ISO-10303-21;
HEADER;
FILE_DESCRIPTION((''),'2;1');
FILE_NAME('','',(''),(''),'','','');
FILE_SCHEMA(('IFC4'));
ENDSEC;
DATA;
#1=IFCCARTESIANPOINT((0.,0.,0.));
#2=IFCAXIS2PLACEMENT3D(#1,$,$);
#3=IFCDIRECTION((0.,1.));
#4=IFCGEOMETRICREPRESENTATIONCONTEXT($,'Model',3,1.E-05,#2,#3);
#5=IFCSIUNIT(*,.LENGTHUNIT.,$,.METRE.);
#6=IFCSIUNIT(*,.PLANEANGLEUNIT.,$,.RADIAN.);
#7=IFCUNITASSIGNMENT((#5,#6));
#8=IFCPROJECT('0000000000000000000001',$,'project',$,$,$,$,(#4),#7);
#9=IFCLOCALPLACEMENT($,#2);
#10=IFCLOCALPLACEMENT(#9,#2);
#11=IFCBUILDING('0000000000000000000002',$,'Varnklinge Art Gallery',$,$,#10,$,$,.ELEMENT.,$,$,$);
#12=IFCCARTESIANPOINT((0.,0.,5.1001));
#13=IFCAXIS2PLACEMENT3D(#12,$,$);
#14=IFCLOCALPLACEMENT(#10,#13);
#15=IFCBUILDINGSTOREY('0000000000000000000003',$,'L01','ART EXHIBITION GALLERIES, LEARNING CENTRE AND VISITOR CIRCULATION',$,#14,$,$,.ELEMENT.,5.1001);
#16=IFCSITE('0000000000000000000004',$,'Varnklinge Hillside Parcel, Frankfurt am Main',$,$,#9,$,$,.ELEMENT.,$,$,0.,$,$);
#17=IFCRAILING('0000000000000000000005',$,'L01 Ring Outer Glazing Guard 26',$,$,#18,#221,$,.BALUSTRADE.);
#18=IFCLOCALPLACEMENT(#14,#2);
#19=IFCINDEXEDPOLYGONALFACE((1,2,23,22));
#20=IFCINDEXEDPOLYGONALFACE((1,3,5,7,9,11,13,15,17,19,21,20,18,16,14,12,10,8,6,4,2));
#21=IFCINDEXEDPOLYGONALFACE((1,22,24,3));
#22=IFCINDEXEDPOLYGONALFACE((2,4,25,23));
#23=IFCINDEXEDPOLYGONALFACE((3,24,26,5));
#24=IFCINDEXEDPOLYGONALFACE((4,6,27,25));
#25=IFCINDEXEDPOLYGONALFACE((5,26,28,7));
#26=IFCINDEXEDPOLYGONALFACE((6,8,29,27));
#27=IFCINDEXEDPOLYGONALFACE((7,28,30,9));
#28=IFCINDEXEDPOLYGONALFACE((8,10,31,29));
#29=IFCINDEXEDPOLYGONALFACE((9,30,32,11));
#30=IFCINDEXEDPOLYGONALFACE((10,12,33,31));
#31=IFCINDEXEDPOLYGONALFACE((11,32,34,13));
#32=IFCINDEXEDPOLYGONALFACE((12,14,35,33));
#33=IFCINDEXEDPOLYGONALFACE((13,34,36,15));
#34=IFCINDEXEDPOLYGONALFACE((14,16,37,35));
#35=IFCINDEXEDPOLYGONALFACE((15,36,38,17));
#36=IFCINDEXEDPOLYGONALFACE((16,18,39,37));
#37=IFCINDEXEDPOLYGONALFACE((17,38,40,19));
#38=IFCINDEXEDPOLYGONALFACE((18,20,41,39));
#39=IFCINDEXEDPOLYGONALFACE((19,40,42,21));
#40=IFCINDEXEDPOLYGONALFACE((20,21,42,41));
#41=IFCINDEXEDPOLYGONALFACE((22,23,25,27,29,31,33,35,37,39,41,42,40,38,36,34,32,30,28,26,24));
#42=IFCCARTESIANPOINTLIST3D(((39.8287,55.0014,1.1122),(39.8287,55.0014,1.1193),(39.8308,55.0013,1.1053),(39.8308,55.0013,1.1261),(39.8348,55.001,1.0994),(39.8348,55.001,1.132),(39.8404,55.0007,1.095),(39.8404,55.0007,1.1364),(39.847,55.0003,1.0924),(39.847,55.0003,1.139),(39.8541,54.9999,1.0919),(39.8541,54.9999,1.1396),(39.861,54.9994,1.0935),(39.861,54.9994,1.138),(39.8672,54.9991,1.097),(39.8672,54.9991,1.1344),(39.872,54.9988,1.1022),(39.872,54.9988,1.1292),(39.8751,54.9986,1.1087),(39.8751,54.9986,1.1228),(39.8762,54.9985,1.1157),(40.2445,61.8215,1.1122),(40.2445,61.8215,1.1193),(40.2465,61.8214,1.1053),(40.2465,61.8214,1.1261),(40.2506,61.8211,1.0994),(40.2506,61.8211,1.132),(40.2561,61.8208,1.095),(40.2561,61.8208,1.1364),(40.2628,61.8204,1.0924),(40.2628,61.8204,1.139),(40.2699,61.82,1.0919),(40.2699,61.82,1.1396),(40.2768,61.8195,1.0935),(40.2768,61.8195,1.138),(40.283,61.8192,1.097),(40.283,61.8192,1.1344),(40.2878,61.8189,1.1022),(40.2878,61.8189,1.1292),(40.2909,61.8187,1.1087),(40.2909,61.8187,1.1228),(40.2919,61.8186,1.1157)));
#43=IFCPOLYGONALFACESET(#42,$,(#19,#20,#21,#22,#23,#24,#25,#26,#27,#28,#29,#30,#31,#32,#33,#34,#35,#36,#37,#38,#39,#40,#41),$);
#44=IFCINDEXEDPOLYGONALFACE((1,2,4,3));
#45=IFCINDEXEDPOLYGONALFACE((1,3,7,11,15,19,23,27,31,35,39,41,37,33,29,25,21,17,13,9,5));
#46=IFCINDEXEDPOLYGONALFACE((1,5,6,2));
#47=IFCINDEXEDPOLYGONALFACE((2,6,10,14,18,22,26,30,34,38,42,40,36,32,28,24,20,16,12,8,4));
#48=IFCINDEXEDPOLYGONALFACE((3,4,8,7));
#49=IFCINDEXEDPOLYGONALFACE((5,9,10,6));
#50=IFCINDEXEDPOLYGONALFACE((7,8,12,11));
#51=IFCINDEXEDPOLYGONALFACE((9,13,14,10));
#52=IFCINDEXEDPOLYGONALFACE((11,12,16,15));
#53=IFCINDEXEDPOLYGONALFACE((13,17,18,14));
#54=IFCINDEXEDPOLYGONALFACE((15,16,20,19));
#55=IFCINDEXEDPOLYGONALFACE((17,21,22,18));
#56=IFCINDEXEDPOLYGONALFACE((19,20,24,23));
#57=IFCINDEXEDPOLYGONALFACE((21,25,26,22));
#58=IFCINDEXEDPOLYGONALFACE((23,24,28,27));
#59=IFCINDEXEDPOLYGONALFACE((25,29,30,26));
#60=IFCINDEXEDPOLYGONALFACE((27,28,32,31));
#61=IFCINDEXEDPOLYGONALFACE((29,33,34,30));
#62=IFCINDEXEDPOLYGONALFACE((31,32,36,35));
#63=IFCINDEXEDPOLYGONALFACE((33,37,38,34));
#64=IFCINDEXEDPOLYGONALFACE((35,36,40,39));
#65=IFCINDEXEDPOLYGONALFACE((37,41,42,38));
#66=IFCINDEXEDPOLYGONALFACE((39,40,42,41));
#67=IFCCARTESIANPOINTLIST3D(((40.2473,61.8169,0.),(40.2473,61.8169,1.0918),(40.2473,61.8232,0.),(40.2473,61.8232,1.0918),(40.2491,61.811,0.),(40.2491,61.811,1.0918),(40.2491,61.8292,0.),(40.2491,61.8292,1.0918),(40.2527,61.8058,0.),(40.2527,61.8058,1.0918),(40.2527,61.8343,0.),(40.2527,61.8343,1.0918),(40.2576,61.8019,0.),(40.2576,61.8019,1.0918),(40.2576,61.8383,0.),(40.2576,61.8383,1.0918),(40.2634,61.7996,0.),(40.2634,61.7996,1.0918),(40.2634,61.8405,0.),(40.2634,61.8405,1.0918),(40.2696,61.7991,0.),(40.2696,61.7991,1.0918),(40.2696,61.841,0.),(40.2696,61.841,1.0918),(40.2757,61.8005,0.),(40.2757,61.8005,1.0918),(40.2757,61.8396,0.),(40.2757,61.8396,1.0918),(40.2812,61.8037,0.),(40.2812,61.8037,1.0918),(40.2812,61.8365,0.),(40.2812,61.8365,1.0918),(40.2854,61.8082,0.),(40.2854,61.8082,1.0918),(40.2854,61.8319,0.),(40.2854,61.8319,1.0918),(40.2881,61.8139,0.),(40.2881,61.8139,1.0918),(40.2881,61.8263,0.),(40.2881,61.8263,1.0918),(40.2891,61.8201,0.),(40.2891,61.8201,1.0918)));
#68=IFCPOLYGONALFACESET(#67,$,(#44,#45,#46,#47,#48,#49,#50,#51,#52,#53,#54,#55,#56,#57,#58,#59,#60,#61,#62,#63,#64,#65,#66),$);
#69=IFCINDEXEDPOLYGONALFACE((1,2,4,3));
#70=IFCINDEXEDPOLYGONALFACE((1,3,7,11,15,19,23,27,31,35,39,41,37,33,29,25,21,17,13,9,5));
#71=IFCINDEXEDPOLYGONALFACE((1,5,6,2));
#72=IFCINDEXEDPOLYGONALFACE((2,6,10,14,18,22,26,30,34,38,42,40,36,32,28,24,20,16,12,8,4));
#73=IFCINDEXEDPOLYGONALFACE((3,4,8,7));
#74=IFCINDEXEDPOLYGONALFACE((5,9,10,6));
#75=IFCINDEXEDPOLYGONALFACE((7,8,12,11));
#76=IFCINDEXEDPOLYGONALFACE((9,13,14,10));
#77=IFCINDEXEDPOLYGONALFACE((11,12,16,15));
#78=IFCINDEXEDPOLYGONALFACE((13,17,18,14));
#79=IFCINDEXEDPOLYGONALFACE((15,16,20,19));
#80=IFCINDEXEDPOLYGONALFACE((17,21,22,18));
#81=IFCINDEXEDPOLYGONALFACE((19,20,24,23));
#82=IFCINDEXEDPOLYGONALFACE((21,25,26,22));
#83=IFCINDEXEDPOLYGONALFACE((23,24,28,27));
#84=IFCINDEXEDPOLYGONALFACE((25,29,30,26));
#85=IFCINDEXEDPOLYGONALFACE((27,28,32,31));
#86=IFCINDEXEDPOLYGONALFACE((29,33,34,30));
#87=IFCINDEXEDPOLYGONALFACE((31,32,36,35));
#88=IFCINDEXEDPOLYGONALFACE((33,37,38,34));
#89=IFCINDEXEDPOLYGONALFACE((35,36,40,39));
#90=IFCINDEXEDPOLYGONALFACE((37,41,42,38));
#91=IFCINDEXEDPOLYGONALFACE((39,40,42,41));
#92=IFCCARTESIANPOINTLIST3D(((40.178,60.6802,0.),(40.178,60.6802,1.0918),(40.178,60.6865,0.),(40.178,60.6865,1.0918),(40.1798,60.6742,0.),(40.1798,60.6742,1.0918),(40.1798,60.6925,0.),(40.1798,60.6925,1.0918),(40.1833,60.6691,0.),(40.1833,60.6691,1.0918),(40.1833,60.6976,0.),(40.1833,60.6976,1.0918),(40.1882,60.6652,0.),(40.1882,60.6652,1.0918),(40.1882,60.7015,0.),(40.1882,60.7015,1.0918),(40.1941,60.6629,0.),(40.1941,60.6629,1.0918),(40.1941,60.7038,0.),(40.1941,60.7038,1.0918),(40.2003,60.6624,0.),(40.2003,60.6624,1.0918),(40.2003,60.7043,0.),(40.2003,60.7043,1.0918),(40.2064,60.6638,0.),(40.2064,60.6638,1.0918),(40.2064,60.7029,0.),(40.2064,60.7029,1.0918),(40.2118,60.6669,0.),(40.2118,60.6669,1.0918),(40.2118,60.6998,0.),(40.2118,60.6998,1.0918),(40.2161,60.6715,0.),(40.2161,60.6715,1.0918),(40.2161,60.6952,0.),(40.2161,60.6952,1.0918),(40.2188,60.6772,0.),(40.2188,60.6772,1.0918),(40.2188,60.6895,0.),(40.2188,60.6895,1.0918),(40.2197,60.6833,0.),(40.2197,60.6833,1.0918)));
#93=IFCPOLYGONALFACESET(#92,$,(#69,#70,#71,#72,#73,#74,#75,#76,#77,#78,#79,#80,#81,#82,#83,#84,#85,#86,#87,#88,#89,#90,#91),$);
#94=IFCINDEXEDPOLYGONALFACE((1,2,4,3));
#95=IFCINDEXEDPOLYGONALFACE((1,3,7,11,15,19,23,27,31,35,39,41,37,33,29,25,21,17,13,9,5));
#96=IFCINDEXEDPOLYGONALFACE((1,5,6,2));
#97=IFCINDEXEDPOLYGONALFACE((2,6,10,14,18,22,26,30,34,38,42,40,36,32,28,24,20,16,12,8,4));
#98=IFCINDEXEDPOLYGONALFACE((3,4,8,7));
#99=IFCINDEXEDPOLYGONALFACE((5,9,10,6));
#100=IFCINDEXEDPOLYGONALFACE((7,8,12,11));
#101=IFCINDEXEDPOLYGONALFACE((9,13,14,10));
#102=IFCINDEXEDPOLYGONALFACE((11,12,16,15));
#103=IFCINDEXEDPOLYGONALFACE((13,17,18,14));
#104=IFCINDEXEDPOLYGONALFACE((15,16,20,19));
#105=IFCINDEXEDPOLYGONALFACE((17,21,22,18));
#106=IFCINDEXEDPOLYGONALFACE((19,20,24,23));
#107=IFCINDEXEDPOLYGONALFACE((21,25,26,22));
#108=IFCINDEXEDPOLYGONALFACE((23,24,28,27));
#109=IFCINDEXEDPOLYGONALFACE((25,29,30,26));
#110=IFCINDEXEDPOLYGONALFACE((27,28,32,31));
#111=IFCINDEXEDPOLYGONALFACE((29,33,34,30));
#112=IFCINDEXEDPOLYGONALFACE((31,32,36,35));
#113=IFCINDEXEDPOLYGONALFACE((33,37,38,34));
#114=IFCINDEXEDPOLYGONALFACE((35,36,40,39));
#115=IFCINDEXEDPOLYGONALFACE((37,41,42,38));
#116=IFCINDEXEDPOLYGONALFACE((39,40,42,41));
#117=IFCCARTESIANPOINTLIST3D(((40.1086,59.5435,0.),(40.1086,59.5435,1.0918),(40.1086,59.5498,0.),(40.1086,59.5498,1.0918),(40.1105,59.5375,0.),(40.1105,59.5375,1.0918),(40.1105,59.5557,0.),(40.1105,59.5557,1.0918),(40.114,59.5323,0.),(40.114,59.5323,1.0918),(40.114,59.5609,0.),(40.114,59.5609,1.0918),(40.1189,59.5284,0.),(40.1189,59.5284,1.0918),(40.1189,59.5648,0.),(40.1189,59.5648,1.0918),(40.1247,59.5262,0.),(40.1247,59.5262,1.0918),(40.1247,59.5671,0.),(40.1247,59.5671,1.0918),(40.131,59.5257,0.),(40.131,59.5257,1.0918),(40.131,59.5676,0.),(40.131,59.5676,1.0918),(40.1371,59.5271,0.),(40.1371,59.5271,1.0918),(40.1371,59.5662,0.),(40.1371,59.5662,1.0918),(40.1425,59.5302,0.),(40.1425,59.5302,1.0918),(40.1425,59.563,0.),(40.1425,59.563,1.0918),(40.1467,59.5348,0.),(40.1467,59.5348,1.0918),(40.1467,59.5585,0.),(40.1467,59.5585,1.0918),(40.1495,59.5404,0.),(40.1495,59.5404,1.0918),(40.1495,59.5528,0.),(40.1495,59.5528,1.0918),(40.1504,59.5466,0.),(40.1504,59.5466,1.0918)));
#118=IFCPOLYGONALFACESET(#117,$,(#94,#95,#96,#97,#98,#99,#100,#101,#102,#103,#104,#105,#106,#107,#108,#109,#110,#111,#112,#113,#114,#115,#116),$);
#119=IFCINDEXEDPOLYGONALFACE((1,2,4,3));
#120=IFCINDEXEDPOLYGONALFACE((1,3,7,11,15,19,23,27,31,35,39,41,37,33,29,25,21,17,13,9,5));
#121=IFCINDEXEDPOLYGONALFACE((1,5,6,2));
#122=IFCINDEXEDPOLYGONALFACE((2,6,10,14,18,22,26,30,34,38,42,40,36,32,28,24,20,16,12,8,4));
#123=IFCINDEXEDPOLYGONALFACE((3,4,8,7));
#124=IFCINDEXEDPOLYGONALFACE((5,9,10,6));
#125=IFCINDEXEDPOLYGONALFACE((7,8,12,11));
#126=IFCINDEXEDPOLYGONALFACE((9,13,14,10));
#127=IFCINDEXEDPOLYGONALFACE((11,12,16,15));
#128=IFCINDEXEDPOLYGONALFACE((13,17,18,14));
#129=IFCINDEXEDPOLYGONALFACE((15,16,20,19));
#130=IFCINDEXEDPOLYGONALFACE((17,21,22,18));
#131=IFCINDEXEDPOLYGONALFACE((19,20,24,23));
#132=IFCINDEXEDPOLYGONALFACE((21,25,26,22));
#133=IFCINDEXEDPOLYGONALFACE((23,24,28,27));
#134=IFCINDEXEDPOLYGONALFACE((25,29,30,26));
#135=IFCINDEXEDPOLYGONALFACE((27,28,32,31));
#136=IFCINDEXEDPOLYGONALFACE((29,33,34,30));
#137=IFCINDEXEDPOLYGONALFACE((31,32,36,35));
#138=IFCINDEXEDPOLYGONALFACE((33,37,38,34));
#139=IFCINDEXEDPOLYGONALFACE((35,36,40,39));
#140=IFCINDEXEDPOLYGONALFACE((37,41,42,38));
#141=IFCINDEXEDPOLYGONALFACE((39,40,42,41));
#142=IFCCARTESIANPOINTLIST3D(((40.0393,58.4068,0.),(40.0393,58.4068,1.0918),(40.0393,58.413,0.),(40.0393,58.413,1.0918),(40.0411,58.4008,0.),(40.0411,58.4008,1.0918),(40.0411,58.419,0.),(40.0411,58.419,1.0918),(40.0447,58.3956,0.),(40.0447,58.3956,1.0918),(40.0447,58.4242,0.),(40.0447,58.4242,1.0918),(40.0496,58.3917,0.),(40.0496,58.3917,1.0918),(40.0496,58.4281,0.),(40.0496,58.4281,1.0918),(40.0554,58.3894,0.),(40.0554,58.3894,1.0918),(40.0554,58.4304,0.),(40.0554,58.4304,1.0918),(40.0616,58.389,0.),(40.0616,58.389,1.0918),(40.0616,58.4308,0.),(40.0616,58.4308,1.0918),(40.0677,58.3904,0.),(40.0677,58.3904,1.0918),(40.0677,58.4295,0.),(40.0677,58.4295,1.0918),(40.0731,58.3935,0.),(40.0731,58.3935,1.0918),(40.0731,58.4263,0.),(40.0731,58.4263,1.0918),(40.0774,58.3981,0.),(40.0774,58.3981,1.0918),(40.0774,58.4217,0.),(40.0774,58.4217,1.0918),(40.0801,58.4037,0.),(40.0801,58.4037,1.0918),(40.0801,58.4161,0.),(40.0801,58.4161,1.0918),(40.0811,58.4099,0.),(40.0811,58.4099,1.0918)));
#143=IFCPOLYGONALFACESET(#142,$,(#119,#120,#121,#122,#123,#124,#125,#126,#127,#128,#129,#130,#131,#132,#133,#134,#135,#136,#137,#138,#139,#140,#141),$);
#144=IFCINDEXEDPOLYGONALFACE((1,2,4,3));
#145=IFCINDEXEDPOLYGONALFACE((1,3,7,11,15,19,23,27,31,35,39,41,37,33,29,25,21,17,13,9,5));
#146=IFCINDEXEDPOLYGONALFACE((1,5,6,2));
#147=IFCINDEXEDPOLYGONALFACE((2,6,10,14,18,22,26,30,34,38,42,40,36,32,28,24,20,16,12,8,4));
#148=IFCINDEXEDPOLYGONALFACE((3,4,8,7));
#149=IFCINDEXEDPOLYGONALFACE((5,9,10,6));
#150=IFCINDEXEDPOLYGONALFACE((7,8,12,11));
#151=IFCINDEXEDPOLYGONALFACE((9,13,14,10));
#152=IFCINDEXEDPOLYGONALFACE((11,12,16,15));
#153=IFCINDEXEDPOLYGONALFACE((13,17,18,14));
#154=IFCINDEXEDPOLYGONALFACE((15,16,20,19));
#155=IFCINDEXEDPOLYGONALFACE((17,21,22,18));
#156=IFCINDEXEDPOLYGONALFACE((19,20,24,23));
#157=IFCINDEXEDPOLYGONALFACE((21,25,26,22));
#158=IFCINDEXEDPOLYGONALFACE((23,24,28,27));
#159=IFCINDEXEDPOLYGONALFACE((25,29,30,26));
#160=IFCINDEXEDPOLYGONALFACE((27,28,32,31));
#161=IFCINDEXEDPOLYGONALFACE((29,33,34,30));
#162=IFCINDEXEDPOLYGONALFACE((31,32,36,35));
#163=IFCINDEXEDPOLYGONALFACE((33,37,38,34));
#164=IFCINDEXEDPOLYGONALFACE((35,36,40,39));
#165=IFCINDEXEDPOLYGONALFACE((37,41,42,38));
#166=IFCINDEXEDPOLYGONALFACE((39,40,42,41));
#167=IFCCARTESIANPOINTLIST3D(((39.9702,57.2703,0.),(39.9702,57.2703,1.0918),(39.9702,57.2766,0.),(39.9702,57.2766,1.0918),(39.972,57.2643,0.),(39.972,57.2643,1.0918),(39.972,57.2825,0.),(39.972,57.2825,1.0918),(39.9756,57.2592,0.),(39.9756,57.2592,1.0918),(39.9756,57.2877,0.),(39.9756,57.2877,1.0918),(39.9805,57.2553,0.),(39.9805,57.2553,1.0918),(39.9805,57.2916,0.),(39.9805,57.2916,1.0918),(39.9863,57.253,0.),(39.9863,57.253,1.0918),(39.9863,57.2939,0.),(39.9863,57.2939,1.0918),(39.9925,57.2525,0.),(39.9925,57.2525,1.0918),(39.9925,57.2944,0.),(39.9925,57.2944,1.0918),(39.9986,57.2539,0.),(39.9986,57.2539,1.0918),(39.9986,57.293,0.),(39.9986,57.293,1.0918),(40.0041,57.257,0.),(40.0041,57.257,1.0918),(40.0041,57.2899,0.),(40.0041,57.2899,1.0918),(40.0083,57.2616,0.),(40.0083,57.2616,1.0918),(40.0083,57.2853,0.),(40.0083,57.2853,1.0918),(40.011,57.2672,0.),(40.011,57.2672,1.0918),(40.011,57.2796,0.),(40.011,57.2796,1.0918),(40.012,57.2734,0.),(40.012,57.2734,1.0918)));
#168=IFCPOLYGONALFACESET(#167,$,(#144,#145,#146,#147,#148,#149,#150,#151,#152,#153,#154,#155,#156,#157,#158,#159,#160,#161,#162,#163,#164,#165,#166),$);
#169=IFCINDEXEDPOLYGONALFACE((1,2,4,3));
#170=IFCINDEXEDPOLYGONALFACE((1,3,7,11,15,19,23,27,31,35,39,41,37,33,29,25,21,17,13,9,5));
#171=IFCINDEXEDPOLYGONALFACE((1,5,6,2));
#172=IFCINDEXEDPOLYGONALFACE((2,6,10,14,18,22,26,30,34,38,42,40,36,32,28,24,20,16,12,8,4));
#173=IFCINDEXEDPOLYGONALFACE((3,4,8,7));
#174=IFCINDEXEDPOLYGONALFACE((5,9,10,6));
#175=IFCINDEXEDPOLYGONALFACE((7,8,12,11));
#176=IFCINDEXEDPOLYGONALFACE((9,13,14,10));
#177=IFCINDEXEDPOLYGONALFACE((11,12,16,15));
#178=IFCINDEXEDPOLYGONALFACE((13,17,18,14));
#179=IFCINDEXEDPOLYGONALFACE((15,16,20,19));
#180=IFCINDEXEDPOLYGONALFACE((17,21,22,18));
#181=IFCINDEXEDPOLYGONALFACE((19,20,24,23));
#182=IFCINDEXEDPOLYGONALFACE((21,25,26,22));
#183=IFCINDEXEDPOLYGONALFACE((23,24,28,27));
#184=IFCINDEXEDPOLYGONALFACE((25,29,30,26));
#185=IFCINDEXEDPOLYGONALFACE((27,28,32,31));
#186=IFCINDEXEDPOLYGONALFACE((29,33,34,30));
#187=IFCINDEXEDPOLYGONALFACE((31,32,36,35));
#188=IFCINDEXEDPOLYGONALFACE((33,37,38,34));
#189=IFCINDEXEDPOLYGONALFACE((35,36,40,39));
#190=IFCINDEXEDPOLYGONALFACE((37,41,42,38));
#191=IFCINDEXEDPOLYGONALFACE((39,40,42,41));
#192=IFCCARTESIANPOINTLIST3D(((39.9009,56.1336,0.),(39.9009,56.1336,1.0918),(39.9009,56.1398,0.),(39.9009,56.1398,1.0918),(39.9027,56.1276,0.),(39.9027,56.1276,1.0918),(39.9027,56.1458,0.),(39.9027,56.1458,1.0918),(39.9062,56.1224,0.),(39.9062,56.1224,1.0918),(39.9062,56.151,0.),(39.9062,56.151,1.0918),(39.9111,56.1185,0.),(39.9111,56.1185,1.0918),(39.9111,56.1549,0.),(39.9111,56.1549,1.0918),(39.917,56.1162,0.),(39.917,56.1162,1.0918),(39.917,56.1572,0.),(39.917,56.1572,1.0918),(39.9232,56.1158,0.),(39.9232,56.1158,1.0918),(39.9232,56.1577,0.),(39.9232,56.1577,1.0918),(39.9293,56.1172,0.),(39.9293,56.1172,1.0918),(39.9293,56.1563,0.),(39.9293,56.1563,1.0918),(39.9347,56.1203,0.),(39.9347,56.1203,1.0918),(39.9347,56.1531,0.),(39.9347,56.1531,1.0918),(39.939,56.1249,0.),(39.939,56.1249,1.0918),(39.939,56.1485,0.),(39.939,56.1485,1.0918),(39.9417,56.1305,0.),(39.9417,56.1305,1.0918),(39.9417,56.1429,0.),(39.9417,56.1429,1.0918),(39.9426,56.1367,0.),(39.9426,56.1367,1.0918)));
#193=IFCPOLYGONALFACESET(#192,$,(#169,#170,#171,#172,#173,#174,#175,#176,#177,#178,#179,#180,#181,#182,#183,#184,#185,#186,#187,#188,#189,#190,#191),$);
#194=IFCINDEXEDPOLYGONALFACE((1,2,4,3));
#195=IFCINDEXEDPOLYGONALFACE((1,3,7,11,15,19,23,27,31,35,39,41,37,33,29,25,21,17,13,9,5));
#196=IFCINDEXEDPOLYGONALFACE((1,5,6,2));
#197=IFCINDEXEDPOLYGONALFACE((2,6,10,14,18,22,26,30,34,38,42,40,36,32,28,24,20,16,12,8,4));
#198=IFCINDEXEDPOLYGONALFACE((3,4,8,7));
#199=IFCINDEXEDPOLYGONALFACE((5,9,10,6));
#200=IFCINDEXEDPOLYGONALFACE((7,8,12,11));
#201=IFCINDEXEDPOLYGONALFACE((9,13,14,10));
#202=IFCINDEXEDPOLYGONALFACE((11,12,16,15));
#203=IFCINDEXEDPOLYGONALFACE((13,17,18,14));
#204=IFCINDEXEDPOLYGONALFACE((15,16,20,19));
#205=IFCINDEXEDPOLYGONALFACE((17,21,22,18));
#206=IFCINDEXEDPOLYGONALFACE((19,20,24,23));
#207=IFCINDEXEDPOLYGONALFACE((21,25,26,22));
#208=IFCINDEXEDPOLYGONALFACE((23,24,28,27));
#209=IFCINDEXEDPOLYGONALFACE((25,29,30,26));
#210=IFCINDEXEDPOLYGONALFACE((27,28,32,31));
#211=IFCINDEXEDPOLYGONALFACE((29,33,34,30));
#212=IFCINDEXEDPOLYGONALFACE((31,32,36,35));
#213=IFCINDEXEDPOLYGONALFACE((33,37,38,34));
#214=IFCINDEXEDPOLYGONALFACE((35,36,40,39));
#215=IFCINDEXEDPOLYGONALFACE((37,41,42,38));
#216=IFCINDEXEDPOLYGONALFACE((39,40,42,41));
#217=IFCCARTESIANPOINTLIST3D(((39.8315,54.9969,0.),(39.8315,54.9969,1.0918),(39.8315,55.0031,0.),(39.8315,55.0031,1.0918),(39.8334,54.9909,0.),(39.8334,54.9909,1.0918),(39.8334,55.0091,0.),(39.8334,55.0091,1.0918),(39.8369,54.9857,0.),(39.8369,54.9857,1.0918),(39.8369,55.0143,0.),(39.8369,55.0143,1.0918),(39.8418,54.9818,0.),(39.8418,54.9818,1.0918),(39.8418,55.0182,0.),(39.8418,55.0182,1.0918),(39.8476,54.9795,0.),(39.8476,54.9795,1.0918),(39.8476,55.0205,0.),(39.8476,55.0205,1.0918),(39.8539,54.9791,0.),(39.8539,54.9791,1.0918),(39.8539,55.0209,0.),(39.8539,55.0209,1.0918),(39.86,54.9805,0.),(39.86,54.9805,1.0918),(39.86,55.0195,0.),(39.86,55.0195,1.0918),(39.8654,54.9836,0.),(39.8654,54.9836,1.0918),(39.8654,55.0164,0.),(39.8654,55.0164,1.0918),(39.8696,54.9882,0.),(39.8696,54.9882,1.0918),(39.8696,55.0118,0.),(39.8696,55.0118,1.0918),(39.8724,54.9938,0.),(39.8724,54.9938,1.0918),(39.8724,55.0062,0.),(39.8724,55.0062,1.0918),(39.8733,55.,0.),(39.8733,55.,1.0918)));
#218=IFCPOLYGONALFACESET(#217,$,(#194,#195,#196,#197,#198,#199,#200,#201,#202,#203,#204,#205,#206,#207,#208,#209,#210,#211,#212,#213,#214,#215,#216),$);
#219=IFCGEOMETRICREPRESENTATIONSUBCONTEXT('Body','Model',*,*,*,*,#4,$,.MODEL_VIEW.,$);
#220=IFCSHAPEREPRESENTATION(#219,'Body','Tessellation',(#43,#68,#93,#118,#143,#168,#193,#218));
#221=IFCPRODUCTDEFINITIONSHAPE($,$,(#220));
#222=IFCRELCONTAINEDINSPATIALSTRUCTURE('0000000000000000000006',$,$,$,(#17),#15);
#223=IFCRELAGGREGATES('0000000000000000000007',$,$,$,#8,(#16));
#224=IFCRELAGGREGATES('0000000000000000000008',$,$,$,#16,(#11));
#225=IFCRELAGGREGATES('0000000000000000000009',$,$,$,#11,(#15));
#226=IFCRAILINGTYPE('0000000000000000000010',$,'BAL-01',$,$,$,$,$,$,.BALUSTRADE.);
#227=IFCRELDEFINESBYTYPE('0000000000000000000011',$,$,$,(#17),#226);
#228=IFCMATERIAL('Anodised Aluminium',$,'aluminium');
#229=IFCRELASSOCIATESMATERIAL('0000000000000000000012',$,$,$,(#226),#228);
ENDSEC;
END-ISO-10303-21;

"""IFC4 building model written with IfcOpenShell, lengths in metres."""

from ifc_helpers import new_model, si_unit, direction, frame, origin, origin_2d, place, context, subcontext, project, spatial, circle, extrude, material, type_object, element, save


model = new_model("IFC4")

# Units and contexts
model_context = context("Model", 3, precision=1e-05, world=origin(), true_north=direction((0.0, 1.0)))
body_context = subcontext(model_context, "Body", "Model", "MODEL_VIEW")
ifc_project = project(units=[si_unit("LENGTHUNIT", "METRE"), si_unit("PLANEANGLEUNIT", "RADIAN")], contexts=[model_context])

# Site, building, storey
site_placement = place(None, origin())
site = spatial("IfcSite", under=ifc_project, at=site_placement, Name="Varnklinge Hillside Parcel, Frankfurt am Main", CompositionType="ELEMENT", RefElevation=0.0)
building_placement = place(site_placement, origin())
building = spatial("IfcBuilding", under=site, at=building_placement, Name="Varnklinge Art Gallery", CompositionType="ELEMENT")
storey_placement = place(building_placement, frame((0.0, 0.0, 5.1001)))
storey = spatial("IfcBuildingStorey", under=building, at=storey_placement, Name="L01", Description="ART EXHIBITION GALLERIES, LEARNING CENTRE AND VISITOR CIRCULATION", CompositionType="ELEMENT", Elevation=5.1001)

# Railing
ifc_material_1 = material(Name="Anodised Aluminium", Category="aluminium")
railing_type = type_object("IfcRailingType", Name="BAL-01", PredefinedType="BALUSTRADE", material=ifc_material_1)
railing_placement = place(storey_placement, frame((40.2681, 61.8201, 0.0)))
element("IfcRailing", 1, at=railing_placement, inside=storey, type_object=railing_type, Name="L01 Ring Outer Glazing Guard 26", PredefinedType="BALUSTRADE", context=body_context, shape_type="SweptSolid", body=[
    extrude(circle(Radius=0.0239, at=origin_2d()), frame((0.0, 0.0, 1.1157), z_axis=(-0.06085, -0.998147, 0.0), x_axis=(0.998147, -0.06085, 0.0)), (0.0, 0.0, 1.0), 6.8328),
    extrude(circle(Radius=0.021, at=origin_2d()), origin(), (0.0, 0.0, 1.0), 1.0918),
    extrude(circle(Radius=0.021, at=origin_2d()), frame((-0.0693, -1.1367, 0.0)), (0.0, 0.0, 1.0), 1.0918),
    extrude(circle(Radius=0.021, at=origin_2d()), frame((-0.1387, -2.2734, 0.0)), (0.0, 0.0, 1.0), 1.0918),
    extrude(circle(Radius=0.021, at=origin_2d()), frame((-0.208, -3.4102, 0.0)), (0.0, 0.0, 1.0), 1.0918),
    extrude(circle(Radius=0.021, at=origin_2d()), frame((-0.2771, -4.5466, 0.0)), (0.0, 0.0, 1.0), 1.0918),
    extrude(circle(Radius=0.021, at=origin_2d()), frame((-0.3464, -5.6833, 0.0)), (0.0, 0.0, 1.0), 1.0918),
    extrude(circle(Radius=0.021, at=origin_2d()), frame((-0.4158, -6.8201, 0.0)), (0.0, 0.0, 1.0), 1.0918),
])

save(model, "model.ifc")
